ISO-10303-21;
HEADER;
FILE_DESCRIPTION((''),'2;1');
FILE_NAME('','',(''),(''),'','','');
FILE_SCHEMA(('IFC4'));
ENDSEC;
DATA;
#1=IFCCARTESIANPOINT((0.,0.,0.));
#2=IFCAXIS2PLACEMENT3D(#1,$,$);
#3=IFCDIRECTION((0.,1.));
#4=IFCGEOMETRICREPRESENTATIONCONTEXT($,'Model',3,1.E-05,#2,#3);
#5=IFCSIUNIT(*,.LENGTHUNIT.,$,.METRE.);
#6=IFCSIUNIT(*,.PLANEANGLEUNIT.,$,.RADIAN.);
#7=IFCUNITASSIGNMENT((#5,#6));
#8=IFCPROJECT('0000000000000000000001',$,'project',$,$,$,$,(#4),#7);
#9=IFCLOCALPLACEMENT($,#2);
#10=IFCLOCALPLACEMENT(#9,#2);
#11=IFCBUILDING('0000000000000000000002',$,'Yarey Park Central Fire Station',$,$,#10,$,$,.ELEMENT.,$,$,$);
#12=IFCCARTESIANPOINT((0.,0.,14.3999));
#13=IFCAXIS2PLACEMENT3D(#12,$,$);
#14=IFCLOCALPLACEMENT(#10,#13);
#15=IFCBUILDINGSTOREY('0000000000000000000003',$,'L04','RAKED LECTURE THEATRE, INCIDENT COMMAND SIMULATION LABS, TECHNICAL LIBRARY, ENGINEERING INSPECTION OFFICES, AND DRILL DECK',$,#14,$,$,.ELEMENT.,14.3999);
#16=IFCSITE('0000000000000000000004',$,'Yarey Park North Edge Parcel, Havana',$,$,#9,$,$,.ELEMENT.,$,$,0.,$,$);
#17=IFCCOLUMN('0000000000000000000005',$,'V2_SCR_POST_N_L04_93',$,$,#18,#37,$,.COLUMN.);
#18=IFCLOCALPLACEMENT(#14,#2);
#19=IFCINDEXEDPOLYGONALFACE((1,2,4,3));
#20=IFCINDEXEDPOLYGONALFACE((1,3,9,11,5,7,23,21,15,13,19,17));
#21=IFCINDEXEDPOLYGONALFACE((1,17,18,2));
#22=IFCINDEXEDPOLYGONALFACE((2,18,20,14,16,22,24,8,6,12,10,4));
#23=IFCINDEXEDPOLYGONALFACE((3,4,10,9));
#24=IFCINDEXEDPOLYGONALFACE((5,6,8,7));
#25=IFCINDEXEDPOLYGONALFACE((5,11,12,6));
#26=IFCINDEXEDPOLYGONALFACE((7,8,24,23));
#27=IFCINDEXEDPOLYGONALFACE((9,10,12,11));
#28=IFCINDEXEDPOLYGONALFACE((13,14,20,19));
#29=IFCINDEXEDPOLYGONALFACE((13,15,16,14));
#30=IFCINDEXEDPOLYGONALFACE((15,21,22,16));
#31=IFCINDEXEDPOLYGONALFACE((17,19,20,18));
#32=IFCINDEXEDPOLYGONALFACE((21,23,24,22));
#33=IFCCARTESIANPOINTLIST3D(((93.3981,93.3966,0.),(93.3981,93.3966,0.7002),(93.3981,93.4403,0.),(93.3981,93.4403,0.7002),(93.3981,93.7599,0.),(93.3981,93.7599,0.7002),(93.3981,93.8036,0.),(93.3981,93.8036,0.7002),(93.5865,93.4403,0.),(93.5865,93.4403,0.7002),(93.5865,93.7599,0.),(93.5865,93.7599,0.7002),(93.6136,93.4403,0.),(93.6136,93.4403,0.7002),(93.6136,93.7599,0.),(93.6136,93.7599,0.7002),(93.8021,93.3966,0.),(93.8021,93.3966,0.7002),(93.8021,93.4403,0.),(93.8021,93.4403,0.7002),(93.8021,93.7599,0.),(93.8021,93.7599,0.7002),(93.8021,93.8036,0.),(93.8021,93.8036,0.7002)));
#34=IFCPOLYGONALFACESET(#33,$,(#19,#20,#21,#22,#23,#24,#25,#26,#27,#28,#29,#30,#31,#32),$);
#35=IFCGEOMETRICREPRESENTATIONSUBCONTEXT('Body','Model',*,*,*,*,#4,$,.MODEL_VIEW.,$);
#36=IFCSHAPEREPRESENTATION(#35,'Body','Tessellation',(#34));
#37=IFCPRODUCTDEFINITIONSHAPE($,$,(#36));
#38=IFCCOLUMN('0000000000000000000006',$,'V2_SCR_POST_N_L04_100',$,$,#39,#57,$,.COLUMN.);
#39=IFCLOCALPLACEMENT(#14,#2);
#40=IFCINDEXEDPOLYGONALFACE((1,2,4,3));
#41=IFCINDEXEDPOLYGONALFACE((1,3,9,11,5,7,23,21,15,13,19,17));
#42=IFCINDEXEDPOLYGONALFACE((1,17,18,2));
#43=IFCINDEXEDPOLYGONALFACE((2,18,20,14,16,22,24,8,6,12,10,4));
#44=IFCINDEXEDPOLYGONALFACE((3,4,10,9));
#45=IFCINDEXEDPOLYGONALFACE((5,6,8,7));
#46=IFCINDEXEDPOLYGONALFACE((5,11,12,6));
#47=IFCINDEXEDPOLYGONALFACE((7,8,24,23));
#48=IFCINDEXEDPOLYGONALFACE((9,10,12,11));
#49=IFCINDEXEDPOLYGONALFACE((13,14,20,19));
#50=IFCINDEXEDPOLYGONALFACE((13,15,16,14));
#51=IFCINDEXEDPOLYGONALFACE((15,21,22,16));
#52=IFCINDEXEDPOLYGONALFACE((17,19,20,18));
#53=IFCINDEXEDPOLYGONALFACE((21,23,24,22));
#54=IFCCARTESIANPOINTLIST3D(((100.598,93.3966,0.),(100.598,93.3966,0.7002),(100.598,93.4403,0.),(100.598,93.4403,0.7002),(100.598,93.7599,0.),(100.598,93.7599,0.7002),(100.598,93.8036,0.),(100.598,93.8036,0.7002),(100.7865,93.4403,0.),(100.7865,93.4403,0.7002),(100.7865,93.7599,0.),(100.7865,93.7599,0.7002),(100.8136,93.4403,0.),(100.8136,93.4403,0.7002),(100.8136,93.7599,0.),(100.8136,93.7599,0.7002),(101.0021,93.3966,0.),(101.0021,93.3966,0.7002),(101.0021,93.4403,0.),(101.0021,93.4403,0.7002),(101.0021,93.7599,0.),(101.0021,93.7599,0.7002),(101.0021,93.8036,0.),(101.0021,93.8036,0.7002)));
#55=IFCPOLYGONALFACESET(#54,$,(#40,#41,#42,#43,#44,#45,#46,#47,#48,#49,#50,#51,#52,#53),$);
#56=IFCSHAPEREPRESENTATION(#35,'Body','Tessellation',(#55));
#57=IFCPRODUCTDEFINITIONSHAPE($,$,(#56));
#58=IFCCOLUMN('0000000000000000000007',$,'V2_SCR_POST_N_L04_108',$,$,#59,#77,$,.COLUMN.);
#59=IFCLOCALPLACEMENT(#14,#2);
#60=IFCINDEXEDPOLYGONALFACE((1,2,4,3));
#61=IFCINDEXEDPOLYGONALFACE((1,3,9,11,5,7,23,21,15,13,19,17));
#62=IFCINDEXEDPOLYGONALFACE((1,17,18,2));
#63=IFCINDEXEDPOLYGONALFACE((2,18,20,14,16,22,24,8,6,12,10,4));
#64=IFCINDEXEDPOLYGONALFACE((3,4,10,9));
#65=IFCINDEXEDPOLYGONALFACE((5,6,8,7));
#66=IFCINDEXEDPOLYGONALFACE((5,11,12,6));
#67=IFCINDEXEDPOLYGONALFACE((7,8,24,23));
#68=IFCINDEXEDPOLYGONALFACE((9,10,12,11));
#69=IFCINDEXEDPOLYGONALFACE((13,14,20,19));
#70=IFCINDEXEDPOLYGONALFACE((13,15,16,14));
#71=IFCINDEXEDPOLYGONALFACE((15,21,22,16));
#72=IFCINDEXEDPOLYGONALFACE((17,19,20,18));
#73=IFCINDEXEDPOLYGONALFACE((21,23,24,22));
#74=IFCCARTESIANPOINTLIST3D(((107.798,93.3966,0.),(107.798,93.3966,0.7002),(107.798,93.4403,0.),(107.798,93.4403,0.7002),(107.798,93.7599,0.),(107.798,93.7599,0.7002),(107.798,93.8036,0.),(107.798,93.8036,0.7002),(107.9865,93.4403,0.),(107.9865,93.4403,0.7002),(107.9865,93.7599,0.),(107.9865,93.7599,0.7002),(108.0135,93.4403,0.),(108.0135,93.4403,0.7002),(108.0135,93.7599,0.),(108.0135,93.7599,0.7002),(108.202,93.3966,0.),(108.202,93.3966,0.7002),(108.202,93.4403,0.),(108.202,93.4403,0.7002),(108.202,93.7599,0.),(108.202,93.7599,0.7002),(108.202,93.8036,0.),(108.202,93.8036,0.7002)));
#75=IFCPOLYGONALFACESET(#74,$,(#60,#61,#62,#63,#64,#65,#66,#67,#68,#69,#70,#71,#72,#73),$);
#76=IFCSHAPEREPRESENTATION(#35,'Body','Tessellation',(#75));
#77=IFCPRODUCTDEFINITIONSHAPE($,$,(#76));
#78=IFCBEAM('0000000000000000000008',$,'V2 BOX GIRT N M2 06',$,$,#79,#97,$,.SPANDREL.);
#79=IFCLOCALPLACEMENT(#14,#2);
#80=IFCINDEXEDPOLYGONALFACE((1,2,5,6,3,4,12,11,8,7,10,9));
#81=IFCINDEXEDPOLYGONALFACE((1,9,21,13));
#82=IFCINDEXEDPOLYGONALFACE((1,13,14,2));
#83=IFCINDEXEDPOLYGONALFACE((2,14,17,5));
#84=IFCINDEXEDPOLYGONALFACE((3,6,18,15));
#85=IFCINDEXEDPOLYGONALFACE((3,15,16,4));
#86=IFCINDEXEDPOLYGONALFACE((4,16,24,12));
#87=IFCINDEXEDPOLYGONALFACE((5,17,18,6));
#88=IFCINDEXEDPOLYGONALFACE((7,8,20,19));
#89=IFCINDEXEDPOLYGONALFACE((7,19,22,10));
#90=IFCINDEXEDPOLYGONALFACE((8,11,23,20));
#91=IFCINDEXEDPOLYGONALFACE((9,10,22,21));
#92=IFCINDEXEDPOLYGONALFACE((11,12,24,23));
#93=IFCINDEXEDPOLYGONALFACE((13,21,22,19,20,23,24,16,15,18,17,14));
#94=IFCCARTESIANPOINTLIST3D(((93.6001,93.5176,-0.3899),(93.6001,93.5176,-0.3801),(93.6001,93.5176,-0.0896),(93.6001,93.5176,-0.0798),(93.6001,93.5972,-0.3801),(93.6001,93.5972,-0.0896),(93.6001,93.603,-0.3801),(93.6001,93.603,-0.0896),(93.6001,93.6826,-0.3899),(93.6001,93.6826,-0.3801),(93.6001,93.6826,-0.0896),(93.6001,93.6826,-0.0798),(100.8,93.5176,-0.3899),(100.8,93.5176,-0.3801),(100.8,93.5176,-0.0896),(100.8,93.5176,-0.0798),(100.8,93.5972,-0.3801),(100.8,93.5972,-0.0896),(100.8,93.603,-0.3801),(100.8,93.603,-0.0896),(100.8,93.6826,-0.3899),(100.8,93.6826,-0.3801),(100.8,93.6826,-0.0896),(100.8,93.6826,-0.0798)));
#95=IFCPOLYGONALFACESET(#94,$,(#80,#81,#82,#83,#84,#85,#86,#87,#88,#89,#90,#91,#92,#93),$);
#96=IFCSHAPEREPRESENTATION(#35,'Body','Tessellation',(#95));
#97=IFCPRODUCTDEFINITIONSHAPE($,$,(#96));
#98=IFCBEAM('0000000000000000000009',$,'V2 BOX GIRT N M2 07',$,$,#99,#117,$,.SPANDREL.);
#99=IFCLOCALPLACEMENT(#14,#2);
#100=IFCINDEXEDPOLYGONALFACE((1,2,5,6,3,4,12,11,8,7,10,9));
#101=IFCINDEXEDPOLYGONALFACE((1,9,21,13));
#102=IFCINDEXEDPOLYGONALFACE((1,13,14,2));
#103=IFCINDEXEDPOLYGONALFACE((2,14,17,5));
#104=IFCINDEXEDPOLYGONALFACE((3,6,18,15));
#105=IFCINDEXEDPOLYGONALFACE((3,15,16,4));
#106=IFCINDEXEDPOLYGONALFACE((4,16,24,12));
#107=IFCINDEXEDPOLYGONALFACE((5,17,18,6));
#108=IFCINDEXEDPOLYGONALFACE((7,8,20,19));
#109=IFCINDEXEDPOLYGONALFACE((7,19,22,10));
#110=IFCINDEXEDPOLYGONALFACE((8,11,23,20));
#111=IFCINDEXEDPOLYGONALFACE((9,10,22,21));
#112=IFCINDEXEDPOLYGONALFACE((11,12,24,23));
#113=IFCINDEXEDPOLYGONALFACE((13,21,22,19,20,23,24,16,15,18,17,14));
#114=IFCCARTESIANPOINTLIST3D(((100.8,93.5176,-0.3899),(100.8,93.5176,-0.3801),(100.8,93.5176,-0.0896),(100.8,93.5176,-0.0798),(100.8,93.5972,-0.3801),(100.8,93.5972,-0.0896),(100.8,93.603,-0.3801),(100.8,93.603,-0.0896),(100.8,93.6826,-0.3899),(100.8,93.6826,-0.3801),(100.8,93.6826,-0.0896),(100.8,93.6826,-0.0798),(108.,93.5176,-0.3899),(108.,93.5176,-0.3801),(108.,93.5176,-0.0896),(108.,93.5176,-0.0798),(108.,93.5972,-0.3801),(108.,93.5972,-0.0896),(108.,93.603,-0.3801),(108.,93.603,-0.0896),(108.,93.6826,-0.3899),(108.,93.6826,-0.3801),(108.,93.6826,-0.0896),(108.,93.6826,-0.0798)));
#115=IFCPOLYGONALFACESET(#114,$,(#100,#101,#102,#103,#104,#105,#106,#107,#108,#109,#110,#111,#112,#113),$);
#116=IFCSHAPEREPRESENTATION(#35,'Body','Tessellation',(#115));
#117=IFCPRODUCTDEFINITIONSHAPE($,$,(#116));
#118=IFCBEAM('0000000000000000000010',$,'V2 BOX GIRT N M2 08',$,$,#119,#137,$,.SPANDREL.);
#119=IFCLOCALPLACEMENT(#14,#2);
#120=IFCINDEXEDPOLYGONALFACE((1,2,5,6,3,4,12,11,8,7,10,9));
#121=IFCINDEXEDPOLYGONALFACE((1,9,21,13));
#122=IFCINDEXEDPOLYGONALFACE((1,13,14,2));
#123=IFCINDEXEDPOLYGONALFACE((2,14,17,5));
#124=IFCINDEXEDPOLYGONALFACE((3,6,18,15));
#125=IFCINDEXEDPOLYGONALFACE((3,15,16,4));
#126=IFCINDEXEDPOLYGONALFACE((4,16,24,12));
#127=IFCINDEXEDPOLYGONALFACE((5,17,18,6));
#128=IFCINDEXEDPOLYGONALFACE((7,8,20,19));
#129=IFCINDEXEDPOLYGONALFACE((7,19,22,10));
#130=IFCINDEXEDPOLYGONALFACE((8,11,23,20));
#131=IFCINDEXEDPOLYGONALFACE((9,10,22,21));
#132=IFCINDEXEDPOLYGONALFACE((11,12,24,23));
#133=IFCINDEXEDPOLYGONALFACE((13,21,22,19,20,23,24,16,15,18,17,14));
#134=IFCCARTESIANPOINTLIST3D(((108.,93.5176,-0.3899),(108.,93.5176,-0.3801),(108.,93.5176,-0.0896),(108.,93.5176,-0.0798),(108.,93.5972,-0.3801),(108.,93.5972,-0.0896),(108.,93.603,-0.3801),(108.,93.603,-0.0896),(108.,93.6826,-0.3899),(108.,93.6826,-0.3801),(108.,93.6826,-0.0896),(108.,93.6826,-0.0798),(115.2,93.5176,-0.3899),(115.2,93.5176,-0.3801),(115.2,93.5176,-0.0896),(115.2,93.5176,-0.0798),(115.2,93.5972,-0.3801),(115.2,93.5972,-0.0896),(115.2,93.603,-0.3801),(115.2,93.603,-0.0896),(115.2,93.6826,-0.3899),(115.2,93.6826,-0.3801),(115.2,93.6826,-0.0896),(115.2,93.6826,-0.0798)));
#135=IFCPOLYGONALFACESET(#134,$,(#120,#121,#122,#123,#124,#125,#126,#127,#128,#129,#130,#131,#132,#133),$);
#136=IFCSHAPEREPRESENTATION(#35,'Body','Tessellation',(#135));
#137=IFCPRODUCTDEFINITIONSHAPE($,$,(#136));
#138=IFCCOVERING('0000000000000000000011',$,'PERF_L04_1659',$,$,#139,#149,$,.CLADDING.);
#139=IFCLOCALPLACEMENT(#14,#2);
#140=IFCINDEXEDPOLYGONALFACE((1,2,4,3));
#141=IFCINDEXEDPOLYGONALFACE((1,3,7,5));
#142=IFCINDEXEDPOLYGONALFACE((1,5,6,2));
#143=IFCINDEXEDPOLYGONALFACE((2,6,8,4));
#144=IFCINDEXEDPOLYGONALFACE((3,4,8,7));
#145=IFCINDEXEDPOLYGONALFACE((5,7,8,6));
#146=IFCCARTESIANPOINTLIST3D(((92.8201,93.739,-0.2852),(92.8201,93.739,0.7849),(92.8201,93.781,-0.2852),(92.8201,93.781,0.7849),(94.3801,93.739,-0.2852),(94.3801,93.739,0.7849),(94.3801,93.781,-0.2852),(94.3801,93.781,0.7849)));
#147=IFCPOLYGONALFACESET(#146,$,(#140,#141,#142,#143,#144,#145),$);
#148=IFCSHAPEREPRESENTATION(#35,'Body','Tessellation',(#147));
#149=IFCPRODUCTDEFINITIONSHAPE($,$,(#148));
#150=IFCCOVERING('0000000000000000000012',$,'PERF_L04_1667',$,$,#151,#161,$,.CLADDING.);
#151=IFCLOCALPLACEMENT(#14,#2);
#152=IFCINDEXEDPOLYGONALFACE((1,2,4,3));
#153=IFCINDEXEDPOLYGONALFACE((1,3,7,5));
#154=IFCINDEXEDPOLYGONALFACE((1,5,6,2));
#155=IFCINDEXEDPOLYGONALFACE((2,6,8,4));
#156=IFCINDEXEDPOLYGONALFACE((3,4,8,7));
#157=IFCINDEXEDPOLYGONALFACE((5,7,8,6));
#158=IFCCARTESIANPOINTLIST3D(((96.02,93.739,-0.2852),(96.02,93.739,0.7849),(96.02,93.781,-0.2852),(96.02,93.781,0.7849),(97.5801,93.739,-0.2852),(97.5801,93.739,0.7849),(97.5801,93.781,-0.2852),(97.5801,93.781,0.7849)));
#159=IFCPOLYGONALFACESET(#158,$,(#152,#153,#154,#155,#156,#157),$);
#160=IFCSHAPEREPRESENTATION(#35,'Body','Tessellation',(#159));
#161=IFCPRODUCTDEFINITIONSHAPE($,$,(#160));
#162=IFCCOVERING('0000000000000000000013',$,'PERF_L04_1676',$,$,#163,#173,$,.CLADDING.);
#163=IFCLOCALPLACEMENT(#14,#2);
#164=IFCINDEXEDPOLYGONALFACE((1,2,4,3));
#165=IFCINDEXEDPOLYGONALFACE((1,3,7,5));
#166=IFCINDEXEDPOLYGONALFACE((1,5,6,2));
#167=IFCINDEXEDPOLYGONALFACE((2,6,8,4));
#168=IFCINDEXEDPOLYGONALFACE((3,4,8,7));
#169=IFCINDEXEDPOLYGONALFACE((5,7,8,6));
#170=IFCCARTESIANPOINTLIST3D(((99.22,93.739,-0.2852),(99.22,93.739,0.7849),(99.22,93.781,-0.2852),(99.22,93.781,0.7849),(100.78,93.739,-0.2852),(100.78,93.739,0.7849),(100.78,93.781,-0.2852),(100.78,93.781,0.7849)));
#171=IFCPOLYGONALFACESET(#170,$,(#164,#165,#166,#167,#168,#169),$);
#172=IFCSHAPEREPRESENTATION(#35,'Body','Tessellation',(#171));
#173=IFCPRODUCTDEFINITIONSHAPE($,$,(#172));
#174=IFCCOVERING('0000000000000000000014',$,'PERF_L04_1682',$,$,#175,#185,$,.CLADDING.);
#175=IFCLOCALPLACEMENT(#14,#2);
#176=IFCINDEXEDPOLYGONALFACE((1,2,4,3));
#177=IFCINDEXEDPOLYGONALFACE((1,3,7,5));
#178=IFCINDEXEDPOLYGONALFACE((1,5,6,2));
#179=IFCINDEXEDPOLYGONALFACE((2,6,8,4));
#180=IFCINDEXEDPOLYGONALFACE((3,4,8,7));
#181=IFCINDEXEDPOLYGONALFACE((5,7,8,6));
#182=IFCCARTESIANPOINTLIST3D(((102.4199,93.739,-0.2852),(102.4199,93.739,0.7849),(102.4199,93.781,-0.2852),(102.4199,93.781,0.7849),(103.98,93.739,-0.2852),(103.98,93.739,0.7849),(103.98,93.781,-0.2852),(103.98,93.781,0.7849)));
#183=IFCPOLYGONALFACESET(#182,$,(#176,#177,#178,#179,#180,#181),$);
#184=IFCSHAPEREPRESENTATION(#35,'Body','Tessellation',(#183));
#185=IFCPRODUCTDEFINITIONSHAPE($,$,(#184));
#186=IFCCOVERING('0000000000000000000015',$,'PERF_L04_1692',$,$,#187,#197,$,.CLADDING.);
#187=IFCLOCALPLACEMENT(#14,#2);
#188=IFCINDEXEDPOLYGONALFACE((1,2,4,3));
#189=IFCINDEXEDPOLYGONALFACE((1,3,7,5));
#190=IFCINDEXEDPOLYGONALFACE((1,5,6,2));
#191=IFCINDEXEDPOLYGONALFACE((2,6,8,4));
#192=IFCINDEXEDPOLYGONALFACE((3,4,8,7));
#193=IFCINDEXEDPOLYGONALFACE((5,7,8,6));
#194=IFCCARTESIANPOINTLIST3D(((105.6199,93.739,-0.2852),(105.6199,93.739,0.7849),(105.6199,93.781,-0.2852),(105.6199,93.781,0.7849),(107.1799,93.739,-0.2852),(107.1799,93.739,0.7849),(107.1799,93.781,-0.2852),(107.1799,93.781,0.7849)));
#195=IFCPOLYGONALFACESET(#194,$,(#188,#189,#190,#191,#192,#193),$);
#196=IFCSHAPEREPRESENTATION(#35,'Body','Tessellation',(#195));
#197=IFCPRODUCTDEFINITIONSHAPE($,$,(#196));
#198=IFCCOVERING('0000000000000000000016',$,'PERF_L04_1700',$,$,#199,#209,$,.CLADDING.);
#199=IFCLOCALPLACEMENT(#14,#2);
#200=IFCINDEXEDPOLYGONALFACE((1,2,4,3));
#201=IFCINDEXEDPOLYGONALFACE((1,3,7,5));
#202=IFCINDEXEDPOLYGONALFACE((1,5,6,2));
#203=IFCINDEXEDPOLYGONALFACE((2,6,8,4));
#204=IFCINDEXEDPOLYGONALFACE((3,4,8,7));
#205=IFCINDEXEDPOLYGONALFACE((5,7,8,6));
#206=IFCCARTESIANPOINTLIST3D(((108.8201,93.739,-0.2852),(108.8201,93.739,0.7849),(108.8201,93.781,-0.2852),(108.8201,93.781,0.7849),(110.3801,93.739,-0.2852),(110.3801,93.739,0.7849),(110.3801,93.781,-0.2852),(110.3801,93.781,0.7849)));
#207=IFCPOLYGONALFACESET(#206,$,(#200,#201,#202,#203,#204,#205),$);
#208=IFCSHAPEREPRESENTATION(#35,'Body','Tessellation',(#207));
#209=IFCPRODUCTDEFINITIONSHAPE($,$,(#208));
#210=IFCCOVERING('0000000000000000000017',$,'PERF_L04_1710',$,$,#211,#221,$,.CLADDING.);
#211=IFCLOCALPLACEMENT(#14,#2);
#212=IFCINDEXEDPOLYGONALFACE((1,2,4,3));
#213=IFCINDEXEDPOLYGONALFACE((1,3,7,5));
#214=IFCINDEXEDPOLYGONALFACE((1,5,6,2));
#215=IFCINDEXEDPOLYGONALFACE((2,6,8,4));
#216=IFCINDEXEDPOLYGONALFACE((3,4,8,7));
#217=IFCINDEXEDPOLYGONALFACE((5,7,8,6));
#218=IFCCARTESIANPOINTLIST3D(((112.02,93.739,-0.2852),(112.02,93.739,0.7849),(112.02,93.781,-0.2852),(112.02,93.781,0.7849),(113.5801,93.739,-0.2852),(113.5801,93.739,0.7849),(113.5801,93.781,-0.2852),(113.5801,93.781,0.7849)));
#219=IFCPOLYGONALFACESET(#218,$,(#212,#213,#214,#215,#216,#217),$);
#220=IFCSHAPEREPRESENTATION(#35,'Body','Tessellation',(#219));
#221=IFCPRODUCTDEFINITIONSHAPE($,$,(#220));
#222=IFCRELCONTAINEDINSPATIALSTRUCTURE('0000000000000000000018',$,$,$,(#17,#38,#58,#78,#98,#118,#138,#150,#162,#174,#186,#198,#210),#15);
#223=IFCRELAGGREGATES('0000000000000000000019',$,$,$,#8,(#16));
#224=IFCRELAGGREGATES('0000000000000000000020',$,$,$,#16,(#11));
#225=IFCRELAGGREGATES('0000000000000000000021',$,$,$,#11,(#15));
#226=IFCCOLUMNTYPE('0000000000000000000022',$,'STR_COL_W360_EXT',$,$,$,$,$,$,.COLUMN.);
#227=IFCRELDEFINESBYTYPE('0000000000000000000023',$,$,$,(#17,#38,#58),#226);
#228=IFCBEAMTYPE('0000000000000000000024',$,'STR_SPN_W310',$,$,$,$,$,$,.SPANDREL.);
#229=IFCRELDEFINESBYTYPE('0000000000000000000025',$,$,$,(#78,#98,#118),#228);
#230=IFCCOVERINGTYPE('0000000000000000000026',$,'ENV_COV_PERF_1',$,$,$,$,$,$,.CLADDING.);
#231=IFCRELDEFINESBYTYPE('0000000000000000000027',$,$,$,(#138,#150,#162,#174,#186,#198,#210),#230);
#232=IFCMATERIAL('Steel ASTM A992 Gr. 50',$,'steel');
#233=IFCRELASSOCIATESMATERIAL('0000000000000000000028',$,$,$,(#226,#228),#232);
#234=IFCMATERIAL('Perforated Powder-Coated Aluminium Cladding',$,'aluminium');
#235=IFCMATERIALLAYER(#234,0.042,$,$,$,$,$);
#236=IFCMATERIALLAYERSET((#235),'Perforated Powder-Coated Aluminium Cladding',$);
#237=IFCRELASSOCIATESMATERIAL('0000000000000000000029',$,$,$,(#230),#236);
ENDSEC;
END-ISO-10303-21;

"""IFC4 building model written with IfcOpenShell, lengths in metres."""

from ifc_helpers import new_model, si_unit, direction, frame, origin, origin_2d, place, context, subcontext, project, spatial, rectangle, i_section, extrude, material, layer, layer_set, material_profile, profile_set, type_object, element, save


model = new_model("IFC4")

# Units and contexts
model_context = context("Model", 3, precision=1e-05, world=origin(), true_north=direction((0.0, 1.0)))
body_context = subcontext(model_context, "Body", "Model", "MODEL_VIEW")
ifc_project = project(units=[si_unit("LENGTHUNIT", "METRE"), si_unit("PLANEANGLEUNIT", "RADIAN")], contexts=[model_context])

# Site, building, storey
site_placement = place(None, origin())
site = spatial("IfcSite", under=ifc_project, at=site_placement, Name="Yarey Park North Edge Parcel, Havana", CompositionType="ELEMENT", RefElevation=0.0)
building_placement = place(site_placement, origin())
building = spatial("IfcBuilding", under=site, at=building_placement, Name="Yarey Park Central Fire Station", CompositionType="ELEMENT")
storey_placement = place(building_placement, frame((0.0, 0.0, 14.3999)))
storey = spatial("IfcBuildingStorey", under=building, at=storey_placement, Name="L04", Description="RAKED LECTURE THEATRE, INCIDENT COMMAND SIMULATION LABS, TECHNICAL LIBRARY, ENGINEERING INSPECTION OFFICES, AND DRILL DECK", CompositionType="ELEMENT", Elevation=14.3999)

# Columns
ifc_material_1 = material(Name="Steel ASTM A992 Gr. 50", Category="steel")
ifc_material_profile_1 = material_profile(ifc_material_1, i_section(OverallWidth=0.4041, OverallDepth=0.407, WebThickness=0.0271, FlangeThickness=0.0437, at=origin_2d()), Name="W360x347")
ifc_profile_set_1 = profile_set([ifc_material_profile_1], Name="Steel ASTM A992 Gr. 50")
column_type = type_object("IfcColumnType", Name="STR_COL_W360_EXT", PredefinedType="COLUMN", material=ifc_profile_set_1)
for number, where, z_axis, x_axis, name in (
    (1, (93.6001, 93.6001, 0.0), (0.0, 0.0, 1.0), (1.0, 0.0, 0.0), "V2_SCR_POST_N_L04_93"),
    (2, (100.8, 93.6001, 0.0), (0.0, 0.0, 1.0), (1.0, 0.0, 0.0), "V2_SCR_POST_N_L04_100"),
    (3, (108.0, 93.6001, 0.0), (0.0, 0.0, 1.0), (1.0, 0.0, 0.0), "V2_SCR_POST_N_L04_108"),
):
    element("IfcColumn", number, at=place(storey_placement, frame(where, z_axis=z_axis, x_axis=x_axis)), inside=storey, type_object=column_type, Name=name, PredefinedType="COLUMN", context=body_context, shape_type="SweptSolid", body=[
        extrude(i_section(OverallWidth=0.4041, OverallDepth=0.407, WebThickness=0.0271, FlangeThickness=0.0437, at=origin_2d()), origin(), (0.0, 0.0, 1.0), 0.7002),
    ])

# Beams
ifc_material_profile_2 = material_profile(ifc_material_1, i_section(OverallWidth=0.165, OverallDepth=0.3101, WebThickness=0.0059, FlangeThickness=0.0098, at=origin_2d()), Name="W310x39")
ifc_profile_set_2 = profile_set([ifc_material_profile_2], Name="Steel ASTM A992 Gr. 50")
beam_type = type_object("IfcBeamType", Name="STR_SPN_W310", PredefinedType="SPANDREL", material=ifc_profile_set_2)
for number, where, z_axis, x_axis, name in (
    (4, (93.6001, 93.6001, -0.2349), (1.0, 0.0, 0.0), (0.0, 1.0, 0.0), "V2 BOX GIRT N M2 06"),
    (5, (100.8, 93.6001, -0.2349), (1.0, 0.0, 0.0), (0.0, 1.0, 0.0), "V2 BOX GIRT N M2 07"),
    (6, (108.0, 93.6001, -0.2349), (1.0, 0.0, 0.0), (0.0, 1.0, 0.0), "V2 BOX GIRT N M2 08"),
):
    element("IfcBeam", number, at=place(storey_placement, frame(where, z_axis=z_axis, x_axis=x_axis)), inside=storey, type_object=beam_type, Name=name, PredefinedType="SPANDREL", context=body_context, shape_type="SweptSolid", body=[
        extrude(i_section(OverallWidth=0.165, OverallDepth=0.3101, WebThickness=0.0059, FlangeThickness=0.0098, at=origin_2d()), origin(), (0.0, 0.0, 1.0), 7.2),
    ])

# Coverings
ifc_material_2 = material(Name="Perforated Powder-Coated Aluminium Cladding", Category="aluminium")
ifc_layer_1 = layer(ifc_material_2, 0.042)
ifc_layer_set_1 = layer_set([ifc_layer_1], Name="Perforated Powder-Coated Aluminium Cladding")
covering_type_1 = type_object("IfcCoveringType", Name="ENV_COV_PERF_1", PredefinedType="CLADDING", material=ifc_layer_set_1)
for number, where, z_axis, x_axis, name in (
    (7, (93.6001, 93.76, -0.2852), (0.0, 0.0, 1.0), (1.0, 0.0, 0.0), "PERF_L04_1659"),
    (8, (96.8, 93.76, -0.2852), (0.0, 0.0, 1.0), (1.0, 0.0, 0.0), "PERF_L04_1667"),
    (9, (100.0, 93.76, -0.2852), (0.0, 0.0, 1.0), (1.0, 0.0, 0.0), "PERF_L04_1676"),
    (10, (103.2, 93.76, -0.2852), (0.0, 0.0, 1.0), (1.0, 0.0, 0.0), "PERF_L04_1682"),
    (11, (106.3999, 93.76, -0.2852), (0.0, 0.0, 1.0), (1.0, 0.0, 0.0), "PERF_L04_1692"),
    (12, (109.6001, 93.76, -0.2852), (0.0, 0.0, 1.0), (1.0, 0.0, 0.0), "PERF_L04_1700"),
    (13, (112.8, 93.76, -0.2852), (0.0, 0.0, 1.0), (1.0, 0.0, 0.0), "PERF_L04_1710"),
):
    element("IfcCovering", number, at=place(storey_placement, frame(where, z_axis=z_axis, x_axis=x_axis)), inside=storey, type_object=covering_type_1, Name=name, PredefinedType="CLADDING", context=body_context, shape_type="SweptSolid", body=[
        extrude(rectangle(XDim=1.5601, YDim=0.042, at=origin_2d()), origin(), (0.0, 0.0, 1.0), 1.0701),
    ])

save(model, "model.ifc")
